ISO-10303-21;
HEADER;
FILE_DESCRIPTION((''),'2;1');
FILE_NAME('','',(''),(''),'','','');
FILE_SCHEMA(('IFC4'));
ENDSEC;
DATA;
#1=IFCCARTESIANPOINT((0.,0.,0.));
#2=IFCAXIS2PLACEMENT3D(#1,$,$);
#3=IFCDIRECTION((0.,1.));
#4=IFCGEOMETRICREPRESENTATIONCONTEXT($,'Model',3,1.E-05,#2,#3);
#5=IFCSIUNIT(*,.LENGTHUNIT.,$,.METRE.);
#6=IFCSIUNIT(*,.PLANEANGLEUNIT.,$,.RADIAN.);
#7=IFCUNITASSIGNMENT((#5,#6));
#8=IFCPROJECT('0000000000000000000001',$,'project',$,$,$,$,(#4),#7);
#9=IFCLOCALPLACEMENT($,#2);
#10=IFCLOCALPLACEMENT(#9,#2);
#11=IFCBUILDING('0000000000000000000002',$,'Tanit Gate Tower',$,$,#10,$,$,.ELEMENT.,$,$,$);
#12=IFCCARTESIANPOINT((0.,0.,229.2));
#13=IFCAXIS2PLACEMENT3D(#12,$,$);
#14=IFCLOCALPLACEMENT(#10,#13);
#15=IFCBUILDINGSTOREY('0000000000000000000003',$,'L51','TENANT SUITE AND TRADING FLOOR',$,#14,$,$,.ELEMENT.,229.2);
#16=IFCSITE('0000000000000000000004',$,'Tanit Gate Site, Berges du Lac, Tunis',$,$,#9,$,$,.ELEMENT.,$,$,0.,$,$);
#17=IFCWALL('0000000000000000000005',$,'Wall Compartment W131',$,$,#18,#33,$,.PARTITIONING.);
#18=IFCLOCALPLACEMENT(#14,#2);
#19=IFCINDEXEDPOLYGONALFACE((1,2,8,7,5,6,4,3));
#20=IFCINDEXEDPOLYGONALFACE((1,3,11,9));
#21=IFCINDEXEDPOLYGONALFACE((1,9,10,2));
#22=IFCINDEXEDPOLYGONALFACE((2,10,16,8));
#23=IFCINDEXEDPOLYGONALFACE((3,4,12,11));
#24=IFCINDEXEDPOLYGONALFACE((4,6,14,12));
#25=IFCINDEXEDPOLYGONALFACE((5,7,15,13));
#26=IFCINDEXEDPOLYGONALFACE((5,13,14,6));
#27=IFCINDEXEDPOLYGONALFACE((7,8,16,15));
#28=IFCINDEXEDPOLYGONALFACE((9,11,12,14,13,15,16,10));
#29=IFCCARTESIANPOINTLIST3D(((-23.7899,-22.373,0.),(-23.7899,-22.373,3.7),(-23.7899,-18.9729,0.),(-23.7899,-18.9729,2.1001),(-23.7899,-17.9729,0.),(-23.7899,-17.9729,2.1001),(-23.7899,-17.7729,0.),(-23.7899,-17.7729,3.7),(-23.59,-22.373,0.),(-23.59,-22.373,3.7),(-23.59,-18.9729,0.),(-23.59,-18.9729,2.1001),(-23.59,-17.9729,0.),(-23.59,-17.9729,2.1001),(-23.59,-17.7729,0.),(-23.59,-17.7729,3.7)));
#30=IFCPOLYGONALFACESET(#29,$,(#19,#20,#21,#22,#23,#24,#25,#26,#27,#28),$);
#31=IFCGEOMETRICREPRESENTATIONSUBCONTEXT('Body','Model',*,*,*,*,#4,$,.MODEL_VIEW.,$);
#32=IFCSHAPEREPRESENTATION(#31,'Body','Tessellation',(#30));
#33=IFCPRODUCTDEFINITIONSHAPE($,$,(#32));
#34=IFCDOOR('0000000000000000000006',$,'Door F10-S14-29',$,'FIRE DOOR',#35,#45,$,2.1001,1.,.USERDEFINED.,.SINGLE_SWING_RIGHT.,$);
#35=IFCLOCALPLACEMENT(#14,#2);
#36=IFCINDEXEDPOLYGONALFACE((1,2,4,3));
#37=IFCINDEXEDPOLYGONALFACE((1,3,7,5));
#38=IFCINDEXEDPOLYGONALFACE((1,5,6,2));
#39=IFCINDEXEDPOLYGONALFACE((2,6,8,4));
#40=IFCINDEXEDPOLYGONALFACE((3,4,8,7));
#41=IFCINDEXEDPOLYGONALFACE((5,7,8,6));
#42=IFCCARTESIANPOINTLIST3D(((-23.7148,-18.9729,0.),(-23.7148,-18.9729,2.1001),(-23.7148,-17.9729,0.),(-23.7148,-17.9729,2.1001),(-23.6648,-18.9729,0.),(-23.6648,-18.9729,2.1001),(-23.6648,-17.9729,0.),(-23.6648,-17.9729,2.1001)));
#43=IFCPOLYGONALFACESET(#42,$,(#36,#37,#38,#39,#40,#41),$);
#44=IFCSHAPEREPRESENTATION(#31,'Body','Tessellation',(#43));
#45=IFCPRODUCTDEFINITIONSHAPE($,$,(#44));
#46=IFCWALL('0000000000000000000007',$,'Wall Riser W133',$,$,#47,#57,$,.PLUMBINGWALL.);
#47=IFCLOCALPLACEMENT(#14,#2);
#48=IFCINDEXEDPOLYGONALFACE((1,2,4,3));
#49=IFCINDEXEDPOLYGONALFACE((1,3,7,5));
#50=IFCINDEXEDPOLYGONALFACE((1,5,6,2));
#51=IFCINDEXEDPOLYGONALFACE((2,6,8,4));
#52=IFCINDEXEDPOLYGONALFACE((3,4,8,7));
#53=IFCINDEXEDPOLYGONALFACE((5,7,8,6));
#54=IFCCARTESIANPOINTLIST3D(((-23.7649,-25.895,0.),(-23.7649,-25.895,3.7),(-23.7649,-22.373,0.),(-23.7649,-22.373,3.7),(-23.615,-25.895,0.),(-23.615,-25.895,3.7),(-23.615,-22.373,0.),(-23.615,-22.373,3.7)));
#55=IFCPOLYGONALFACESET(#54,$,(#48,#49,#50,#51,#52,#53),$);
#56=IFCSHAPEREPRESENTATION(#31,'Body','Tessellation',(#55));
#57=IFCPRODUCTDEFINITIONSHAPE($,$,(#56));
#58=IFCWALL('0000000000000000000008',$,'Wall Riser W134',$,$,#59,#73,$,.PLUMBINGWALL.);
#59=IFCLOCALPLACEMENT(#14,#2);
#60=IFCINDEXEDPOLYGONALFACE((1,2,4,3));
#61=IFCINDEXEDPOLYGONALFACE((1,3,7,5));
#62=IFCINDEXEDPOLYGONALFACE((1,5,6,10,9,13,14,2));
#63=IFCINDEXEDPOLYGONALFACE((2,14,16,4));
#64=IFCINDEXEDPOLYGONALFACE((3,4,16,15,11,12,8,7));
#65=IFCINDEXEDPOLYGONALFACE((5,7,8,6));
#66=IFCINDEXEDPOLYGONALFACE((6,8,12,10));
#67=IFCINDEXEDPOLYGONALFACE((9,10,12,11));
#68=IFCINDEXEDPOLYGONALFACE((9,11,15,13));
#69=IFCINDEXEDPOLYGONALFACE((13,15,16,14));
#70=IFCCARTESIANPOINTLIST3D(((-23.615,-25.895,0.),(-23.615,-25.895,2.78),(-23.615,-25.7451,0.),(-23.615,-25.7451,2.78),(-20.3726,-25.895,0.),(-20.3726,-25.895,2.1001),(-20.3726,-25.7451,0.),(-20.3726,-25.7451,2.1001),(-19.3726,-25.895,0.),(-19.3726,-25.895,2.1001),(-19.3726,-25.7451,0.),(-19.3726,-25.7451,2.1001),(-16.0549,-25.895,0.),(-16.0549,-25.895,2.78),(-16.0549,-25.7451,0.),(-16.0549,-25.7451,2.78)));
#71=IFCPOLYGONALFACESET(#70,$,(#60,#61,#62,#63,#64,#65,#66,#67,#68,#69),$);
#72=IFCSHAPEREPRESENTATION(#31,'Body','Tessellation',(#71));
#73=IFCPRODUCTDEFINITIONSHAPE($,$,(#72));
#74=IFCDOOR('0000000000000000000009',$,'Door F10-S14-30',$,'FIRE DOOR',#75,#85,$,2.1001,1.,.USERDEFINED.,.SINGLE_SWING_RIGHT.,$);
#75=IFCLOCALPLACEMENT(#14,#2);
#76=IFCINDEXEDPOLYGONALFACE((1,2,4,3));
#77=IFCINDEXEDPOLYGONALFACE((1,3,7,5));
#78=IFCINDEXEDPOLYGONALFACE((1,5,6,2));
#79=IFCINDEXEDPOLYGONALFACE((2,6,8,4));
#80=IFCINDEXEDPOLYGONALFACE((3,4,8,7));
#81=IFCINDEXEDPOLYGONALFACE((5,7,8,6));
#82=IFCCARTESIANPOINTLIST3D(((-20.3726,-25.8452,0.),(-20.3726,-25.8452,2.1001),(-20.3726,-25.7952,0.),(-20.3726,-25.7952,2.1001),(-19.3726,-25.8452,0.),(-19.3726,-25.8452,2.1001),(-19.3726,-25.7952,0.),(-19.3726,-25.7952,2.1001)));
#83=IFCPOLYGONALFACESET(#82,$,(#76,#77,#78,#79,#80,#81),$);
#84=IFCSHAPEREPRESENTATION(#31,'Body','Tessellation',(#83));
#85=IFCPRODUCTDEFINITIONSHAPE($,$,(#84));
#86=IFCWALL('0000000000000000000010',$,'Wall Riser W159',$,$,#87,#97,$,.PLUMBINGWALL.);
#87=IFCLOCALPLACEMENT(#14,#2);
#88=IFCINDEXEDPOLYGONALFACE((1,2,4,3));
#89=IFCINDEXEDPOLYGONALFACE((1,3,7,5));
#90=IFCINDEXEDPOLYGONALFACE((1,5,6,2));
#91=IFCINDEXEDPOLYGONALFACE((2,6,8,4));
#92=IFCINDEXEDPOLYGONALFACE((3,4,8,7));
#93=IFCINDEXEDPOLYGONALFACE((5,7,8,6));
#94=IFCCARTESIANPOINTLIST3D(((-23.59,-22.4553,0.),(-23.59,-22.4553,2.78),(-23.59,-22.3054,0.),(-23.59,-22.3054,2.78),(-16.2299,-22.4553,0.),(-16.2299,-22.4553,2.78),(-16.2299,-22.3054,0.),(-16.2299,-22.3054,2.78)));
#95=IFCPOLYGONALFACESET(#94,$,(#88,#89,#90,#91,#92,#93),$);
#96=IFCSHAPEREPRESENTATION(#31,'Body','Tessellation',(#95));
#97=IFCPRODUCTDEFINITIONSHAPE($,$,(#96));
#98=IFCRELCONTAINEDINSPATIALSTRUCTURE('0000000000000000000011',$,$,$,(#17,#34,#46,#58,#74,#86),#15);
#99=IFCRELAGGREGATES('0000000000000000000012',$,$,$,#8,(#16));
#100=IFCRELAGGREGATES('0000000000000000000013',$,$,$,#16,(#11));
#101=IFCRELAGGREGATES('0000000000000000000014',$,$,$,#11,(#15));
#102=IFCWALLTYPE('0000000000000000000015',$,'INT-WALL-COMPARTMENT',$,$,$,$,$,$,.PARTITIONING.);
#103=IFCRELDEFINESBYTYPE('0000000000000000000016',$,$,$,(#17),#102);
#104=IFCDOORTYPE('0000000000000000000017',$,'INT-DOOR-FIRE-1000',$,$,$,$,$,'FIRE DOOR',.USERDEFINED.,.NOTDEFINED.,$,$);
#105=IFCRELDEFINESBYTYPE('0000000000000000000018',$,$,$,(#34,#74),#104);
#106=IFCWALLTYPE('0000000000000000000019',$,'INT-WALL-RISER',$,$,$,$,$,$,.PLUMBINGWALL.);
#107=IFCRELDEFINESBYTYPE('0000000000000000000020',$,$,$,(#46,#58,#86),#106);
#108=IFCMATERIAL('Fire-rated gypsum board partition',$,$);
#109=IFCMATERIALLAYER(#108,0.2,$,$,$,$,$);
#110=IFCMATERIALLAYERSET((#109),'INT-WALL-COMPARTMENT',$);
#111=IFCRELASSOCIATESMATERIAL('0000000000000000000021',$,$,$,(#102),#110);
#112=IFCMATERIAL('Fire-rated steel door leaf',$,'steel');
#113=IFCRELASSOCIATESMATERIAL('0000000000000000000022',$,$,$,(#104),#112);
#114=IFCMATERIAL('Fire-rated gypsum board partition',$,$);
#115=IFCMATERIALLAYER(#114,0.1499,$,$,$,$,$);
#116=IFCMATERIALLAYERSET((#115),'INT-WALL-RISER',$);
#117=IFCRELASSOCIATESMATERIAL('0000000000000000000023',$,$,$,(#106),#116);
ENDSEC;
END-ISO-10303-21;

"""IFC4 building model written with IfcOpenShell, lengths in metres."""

from ifc_helpers import new_model, si_unit, direction, frame, frame_2d, origin, place, context, subcontext, project, spatial, rectangle, extrude, material, layer, layer_set, type_object, element, fill, save


model = new_model("IFC4")

# Units and contexts
model_context = context("Model", 3, precision=1e-05, world=origin(), true_north=direction((0.0, 1.0)))
body_context = subcontext(model_context, "Body", "Model", "MODEL_VIEW")
ifc_project = project(units=[si_unit("LENGTHUNIT", "METRE"), si_unit("PLANEANGLEUNIT", "RADIAN")], contexts=[model_context])

# Site, building, storey
site_placement = place(None, origin())
site = spatial("IfcSite", under=ifc_project, at=site_placement, Name="Tanit Gate Site, Berges du Lac, Tunis", CompositionType="ELEMENT", RefElevation=0.0)
building_placement = place(site_placement, origin())
building = spatial("IfcBuilding", under=site, at=building_placement, Name="Tanit Gate Tower", CompositionType="ELEMENT")
storey_placement = place(building_placement, frame((0.0, 0.0, 229.2)))
storey = spatial("IfcBuildingStorey", under=building, at=storey_placement, Name="L51", Description="TENANT SUITE AND TRADING FLOOR", CompositionType="ELEMENT", Elevation=229.2)

# Shared definitions
ifc_material_1 = material(Name="Fire-rated gypsum board partition")
ifc_layer_1 = layer(ifc_material_1, 0.2)
ifc_layer_set_1 = layer_set([ifc_layer_1], Name="INT-WALL-COMPARTMENT")
wall_type_1 = type_object("IfcWallType", Name="INT-WALL-COMPARTMENT", PredefinedType="PARTITIONING", material=ifc_layer_set_1)

# Wall, opening, door
wall_1_placement = place(storey_placement, frame((-23.6899, -22.373, 0.0), z_axis=(0.0, 0.0, 1.0), x_axis=(0.0, 1.0, 0.0)))
wall_1 = element("IfcWall", 1, at=wall_1_placement, inside=storey, type_object=wall_type_1, Name="Wall Compartment W131", PredefinedType="PARTITIONING", context=body_context, shape_type="SweptSolid", body=[
    extrude(rectangle(XDim=4.6001, YDim=0.2, at=frame_2d((2.3, 0.0))), origin(), (0.0, 0.0, 1.0), 3.7),
])
opening_1_placement = place(wall_1_placement, frame((3.4001, 0.0, 0.0)))
opening_1 = element("IfcOpeningElement", 2, at=opening_1_placement, cuts=wall_1, PredefinedType="OPENING", context=body_context, shape_type="SweptSolid", body=[
    extrude(rectangle(XDim=1.0, YDim=2.1001, at=frame_2d((0.5, 1.05))), frame((0.0, 0.1099, 0.0), z_axis=(0.0, -1.0, 0.0), x_axis=(1.0, 0.0, 0.0)), (0.0, 0.0, 1.0), 0.22),
])
ifc_material_2 = material(Name="Fire-rated steel door leaf", Category="steel")
door_type = type_object("IfcDoorType", Name="INT-DOOR-FIRE-1000", ElementType="FIRE DOOR", OperationType="NOTDEFINED", PredefinedType="USERDEFINED", material=ifc_material_2)
door_1_placement = place(opening_1_placement, origin())
door_1 = element("IfcDoor", 3, at=door_1_placement, inside=storey, type_object=door_type, Name="Door F10-S14-29", ObjectType="FIRE DOOR", OperationType="SINGLE_SWING_RIGHT", OverallHeight=2.1001, OverallWidth=1.0, PredefinedType="USERDEFINED", context=body_context, shape_type="SweptSolid", body=[
    extrude(rectangle(XDim=1.0, YDim=2.1001, at=frame_2d((0.5, 1.05))), frame((0.0, 0.0249, 0.0), z_axis=(0.0, -1.0, 0.0), x_axis=(1.0, 0.0, 0.0)), (0.0, 0.0, 1.0), 0.05),
])
fill(opening_1, door_1)

# Wall
ifc_material_3 = material(Name="Fire-rated gypsum board partition")
ifc_layer_2 = layer(ifc_material_3, 0.1499)
ifc_layer_set_2 = layer_set([ifc_layer_2], Name="INT-WALL-RISER")
wall_type_2 = type_object("IfcWallType", Name="INT-WALL-RISER", PredefinedType="PLUMBINGWALL", material=ifc_layer_set_2)
wall_2_placement = place(storey_placement, frame((-23.6899, -25.895, 0.0), z_axis=(0.0, 0.0, 1.0), x_axis=(0.0, 1.0, 0.0)))
element("IfcWall", 4, at=wall_2_placement, inside=storey, type_object=wall_type_2, Name="Wall Riser W133", PredefinedType="PLUMBINGWALL", context=body_context, shape_type="SweptSolid", body=[
    extrude(rectangle(XDim=3.522, YDim=0.1499, at=frame_2d((1.761, 0.0))), origin(), (0.0, 0.0, 1.0), 3.7),
])

# Wall, opening, door
wall_3_placement = place(storey_placement, frame((-23.615, -25.8201, 0.0), z_axis=(0.0, 0.0, 1.0), x_axis=(1.0, 0.0, 0.0)))
wall_3 = element("IfcWall", 5, at=wall_3_placement, inside=storey, type_object=wall_type_2, Name="Wall Riser W134", PredefinedType="PLUMBINGWALL", context=body_context, shape_type="SweptSolid", body=[
    extrude(rectangle(XDim=7.5601, YDim=0.1499, at=frame_2d((3.78, 0.0))), origin(), (0.0, 0.0, 1.0), 2.78),
])
opening_2_placement = place(wall_3_placement, frame((3.2424, 0.0, 0.0)))
opening_2 = element("IfcOpeningElement", 6, at=opening_2_placement, cuts=wall_3, PredefinedType="OPENING", context=body_context, shape_type="SweptSolid", body=[
    extrude(rectangle(XDim=1.0, YDim=2.1001, at=frame_2d((0.5, 1.05))), frame((0.0, 0.085, 0.0), z_axis=(0.0, -1.0, 0.0), x_axis=(1.0, 0.0, 0.0)), (0.0, 0.0, 1.0), 0.1699),
])
door_2_placement = place(opening_2_placement, origin())
door_2 = element("IfcDoor", 7, at=door_2_placement, inside=storey, type_object=door_type, Name="Door F10-S14-30", ObjectType="FIRE DOOR", OperationType="SINGLE_SWING_RIGHT", OverallHeight=2.1001, OverallWidth=1.0, PredefinedType="USERDEFINED", context=body_context, shape_type="SweptSolid", body=[
    extrude(rectangle(XDim=1.0, YDim=2.1001, at=frame_2d((0.5, 1.05))), frame((0.0, 0.0249, 0.0), z_axis=(0.0, -1.0, 0.0), x_axis=(1.0, 0.0, 0.0)), (0.0, 0.0, 1.0), 0.05),
])
fill(opening_2, door_2)

# Wall
wall_4_placement = place(storey_placement, frame((-23.5901, -22.3804, 0.0), z_axis=(0.0, 0.0, 1.0), x_axis=(1.0, 0.0, 0.0)))
element("IfcWall", 8, at=wall_4_placement, inside=storey, type_object=wall_type_2, Name="Wall Riser W159", PredefinedType="PLUMBINGWALL", context=body_context, shape_type="SweptSolid", body=[
    extrude(rectangle(XDim=7.3601, YDim=0.1499, at=frame_2d((3.6802, 0.0))), origin(), (0.0, 0.0, 1.0), 2.78),
])

save(model, "model.ifc")
